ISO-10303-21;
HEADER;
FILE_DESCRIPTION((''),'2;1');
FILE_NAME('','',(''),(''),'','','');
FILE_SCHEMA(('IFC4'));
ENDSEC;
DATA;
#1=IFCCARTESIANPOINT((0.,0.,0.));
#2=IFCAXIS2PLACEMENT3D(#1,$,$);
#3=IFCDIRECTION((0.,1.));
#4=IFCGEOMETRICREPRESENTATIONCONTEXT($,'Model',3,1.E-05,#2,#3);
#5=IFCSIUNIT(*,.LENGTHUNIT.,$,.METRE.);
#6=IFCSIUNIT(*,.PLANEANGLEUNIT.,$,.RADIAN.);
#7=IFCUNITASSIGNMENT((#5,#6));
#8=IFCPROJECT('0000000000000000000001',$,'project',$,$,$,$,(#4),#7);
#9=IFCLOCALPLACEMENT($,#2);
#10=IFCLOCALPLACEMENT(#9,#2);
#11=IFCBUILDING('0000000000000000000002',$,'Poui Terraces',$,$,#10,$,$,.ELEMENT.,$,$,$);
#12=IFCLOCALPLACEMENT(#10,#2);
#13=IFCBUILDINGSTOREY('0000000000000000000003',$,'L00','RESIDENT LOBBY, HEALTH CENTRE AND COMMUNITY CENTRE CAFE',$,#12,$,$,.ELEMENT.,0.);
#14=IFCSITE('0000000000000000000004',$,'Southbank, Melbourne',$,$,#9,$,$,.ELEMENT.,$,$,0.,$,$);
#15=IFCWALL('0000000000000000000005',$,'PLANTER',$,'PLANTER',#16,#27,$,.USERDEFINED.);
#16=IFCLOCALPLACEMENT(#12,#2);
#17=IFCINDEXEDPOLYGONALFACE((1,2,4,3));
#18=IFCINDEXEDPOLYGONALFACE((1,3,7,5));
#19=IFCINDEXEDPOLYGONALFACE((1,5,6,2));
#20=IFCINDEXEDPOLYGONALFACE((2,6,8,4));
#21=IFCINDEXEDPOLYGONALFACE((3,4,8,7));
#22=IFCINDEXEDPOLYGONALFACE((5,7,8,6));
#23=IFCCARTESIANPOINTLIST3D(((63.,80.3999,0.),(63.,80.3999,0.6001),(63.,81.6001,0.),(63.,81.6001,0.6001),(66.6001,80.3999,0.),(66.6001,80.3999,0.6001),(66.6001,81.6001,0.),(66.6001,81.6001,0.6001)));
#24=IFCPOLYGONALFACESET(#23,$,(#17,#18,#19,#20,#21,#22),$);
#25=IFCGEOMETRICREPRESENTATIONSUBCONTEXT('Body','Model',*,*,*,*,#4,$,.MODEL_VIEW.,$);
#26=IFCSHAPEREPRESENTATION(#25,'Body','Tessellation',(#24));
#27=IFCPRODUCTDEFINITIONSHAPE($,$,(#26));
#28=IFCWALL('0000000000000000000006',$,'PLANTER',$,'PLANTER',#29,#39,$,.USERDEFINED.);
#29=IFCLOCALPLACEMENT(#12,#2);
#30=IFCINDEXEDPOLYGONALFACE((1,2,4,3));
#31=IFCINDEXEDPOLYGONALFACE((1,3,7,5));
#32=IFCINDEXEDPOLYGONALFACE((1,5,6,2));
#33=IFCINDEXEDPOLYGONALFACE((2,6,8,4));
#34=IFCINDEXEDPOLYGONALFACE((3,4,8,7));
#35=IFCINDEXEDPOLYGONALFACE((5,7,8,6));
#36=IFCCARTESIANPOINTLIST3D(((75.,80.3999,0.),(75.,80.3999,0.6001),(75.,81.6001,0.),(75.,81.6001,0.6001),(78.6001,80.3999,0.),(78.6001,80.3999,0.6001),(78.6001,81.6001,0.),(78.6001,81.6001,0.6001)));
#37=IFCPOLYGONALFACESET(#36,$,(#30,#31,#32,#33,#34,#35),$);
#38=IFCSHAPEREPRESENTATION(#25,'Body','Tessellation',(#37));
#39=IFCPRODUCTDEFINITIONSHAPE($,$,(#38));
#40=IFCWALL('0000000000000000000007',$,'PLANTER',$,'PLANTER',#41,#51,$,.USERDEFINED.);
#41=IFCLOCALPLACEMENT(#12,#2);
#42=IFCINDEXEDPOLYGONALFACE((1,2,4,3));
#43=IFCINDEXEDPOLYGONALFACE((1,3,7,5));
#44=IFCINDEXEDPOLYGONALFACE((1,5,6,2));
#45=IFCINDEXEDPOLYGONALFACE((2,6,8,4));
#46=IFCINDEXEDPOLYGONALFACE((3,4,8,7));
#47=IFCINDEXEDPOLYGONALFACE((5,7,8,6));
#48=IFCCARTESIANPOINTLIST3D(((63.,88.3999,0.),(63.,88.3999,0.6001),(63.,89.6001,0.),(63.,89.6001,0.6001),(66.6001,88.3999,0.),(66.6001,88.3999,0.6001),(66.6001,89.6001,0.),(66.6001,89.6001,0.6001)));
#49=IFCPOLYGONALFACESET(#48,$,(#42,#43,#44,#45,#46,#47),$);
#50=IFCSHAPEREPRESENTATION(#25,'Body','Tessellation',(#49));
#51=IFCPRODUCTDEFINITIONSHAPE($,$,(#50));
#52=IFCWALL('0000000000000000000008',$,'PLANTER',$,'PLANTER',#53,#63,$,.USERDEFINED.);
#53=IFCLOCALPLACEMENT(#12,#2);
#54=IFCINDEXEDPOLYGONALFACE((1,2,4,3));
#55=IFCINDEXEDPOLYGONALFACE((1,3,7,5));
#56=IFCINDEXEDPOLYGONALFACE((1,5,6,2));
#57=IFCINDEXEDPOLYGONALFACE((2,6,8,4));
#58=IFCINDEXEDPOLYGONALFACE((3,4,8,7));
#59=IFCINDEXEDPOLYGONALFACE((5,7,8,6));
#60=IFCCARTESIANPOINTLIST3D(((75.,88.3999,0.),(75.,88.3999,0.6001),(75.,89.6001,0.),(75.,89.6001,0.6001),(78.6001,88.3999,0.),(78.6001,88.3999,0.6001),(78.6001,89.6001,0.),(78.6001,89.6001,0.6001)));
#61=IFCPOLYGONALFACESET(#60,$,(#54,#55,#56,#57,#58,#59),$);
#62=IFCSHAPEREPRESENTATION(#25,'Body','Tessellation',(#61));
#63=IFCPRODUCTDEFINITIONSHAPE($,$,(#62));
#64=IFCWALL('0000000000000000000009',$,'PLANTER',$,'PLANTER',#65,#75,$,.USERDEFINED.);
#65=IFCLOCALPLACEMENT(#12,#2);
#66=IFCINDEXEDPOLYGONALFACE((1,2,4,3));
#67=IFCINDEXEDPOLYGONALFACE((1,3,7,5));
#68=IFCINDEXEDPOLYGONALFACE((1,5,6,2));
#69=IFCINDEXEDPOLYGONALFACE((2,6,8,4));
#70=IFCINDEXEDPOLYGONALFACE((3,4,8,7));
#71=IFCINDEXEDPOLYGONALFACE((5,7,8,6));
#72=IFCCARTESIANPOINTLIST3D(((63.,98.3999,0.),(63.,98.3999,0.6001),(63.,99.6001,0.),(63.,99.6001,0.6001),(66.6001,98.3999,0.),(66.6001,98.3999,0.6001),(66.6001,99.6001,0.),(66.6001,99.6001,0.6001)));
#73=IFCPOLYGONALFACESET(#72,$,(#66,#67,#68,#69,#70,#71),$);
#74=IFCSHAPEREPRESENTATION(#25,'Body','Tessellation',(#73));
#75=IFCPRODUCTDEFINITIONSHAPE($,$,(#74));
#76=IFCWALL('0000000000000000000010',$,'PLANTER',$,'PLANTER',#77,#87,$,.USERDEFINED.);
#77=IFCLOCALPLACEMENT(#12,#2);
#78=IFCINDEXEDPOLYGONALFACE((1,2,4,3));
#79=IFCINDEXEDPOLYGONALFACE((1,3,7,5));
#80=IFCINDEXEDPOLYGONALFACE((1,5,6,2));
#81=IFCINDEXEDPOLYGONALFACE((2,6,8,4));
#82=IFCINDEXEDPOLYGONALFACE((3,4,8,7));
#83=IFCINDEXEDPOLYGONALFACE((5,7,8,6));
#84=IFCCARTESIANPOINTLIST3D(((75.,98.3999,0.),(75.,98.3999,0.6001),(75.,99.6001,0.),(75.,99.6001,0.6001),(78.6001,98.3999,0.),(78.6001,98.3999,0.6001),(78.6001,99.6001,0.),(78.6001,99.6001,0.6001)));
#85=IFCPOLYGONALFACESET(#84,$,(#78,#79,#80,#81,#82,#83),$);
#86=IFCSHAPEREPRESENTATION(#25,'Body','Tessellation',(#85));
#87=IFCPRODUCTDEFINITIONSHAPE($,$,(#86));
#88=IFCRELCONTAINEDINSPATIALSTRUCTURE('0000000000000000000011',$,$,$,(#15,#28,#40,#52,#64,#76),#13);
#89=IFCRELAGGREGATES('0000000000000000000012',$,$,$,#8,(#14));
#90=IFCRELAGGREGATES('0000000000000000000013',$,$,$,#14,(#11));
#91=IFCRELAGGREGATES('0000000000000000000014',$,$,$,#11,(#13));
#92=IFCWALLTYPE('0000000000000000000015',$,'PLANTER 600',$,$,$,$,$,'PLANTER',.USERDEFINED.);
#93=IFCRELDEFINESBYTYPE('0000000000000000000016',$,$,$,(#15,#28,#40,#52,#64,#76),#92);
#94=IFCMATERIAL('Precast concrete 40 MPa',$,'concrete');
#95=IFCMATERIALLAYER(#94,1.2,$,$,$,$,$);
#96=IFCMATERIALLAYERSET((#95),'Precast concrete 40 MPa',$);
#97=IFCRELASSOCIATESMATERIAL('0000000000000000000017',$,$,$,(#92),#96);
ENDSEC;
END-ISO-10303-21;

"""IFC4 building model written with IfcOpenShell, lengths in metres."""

from ifc_helpers import new_model, si_unit, direction, frame, origin, place, context, subcontext, project, spatial, polyline, outline, extrude, source, transform, mapped, material, layer, layer_set, type_object, element, save


model = new_model("IFC4")

# Units and contexts
model_context = context("Model", 3, precision=1e-05, world=origin(), true_north=direction((0.0, 1.0)))
body_context = subcontext(model_context, "Body", "Model", "MODEL_VIEW")
ifc_project = project(units=[si_unit("LENGTHUNIT", "METRE"), si_unit("PLANEANGLEUNIT", "RADIAN")], contexts=[model_context])

# Site, building, storey
site_placement = place(None, origin())
site = spatial("IfcSite", under=ifc_project, at=site_placement, Name="Southbank, Melbourne", CompositionType="ELEMENT", RefElevation=0.0)
building_placement = place(site_placement, origin())
building = spatial("IfcBuilding", under=site, at=building_placement, Name="Poui Terraces", CompositionType="ELEMENT")
storey_placement = place(building_placement, origin())
storey = spatial("IfcBuildingStorey", under=building, at=storey_placement, Name="L00", Description="RESIDENT LOBBY, HEALTH CENTRE AND COMMUNITY CENTRE CAFE", CompositionType="ELEMENT", Elevation=0.0)

# Walls
ifc_material_1 = material(Name="Precast concrete 40 MPa", Category="concrete")
ifc_layer_1 = layer(ifc_material_1, 1.2)
ifc_layer_set_1 = layer_set([ifc_layer_1], Name="Precast concrete 40 MPa")
wall_type = type_object("IfcWallType", Name="PLANTER 600", ElementType="PLANTER", PredefinedType="USERDEFINED", material=ifc_layer_set_1)
shared_shape = source(origin(), body_context, "Body", "SweptSolid", [
    extrude(outline(polyline([(0.0, 0.0), (3.6001, 0.0), (3.6001, 1.2002), (0.0, 1.2002), (0.0, 0.0)])), origin(), (0.0, 0.0, 1.0), 0.6001),
])
for number, where, name in (
    (1, (63.0, 80.3999, 0.0), "PLANTER"),
    (2, (75.0, 80.3999, 0.0), "PLANTER"),
    (3, (63.0, 88.3999, 0.0), "PLANTER"),
    (4, (75.0, 88.3999, 0.0), "PLANTER"),
    (5, (63.0, 98.3999, 0.0), "PLANTER"),
    (6, (75.0, 98.3999, 0.0), "PLANTER"),
):
    element("IfcWall", number, at=place(storey_placement, frame(where)), inside=storey, type_object=wall_type, Name=name, ObjectType="PLANTER", PredefinedType="USERDEFINED", context=body_context, shape_type="MappedRepresentation", body=[
        mapped(shared_shape, transform((0.0, 0.0, 0.0))),
    ])

save(model, "model.ifc")
